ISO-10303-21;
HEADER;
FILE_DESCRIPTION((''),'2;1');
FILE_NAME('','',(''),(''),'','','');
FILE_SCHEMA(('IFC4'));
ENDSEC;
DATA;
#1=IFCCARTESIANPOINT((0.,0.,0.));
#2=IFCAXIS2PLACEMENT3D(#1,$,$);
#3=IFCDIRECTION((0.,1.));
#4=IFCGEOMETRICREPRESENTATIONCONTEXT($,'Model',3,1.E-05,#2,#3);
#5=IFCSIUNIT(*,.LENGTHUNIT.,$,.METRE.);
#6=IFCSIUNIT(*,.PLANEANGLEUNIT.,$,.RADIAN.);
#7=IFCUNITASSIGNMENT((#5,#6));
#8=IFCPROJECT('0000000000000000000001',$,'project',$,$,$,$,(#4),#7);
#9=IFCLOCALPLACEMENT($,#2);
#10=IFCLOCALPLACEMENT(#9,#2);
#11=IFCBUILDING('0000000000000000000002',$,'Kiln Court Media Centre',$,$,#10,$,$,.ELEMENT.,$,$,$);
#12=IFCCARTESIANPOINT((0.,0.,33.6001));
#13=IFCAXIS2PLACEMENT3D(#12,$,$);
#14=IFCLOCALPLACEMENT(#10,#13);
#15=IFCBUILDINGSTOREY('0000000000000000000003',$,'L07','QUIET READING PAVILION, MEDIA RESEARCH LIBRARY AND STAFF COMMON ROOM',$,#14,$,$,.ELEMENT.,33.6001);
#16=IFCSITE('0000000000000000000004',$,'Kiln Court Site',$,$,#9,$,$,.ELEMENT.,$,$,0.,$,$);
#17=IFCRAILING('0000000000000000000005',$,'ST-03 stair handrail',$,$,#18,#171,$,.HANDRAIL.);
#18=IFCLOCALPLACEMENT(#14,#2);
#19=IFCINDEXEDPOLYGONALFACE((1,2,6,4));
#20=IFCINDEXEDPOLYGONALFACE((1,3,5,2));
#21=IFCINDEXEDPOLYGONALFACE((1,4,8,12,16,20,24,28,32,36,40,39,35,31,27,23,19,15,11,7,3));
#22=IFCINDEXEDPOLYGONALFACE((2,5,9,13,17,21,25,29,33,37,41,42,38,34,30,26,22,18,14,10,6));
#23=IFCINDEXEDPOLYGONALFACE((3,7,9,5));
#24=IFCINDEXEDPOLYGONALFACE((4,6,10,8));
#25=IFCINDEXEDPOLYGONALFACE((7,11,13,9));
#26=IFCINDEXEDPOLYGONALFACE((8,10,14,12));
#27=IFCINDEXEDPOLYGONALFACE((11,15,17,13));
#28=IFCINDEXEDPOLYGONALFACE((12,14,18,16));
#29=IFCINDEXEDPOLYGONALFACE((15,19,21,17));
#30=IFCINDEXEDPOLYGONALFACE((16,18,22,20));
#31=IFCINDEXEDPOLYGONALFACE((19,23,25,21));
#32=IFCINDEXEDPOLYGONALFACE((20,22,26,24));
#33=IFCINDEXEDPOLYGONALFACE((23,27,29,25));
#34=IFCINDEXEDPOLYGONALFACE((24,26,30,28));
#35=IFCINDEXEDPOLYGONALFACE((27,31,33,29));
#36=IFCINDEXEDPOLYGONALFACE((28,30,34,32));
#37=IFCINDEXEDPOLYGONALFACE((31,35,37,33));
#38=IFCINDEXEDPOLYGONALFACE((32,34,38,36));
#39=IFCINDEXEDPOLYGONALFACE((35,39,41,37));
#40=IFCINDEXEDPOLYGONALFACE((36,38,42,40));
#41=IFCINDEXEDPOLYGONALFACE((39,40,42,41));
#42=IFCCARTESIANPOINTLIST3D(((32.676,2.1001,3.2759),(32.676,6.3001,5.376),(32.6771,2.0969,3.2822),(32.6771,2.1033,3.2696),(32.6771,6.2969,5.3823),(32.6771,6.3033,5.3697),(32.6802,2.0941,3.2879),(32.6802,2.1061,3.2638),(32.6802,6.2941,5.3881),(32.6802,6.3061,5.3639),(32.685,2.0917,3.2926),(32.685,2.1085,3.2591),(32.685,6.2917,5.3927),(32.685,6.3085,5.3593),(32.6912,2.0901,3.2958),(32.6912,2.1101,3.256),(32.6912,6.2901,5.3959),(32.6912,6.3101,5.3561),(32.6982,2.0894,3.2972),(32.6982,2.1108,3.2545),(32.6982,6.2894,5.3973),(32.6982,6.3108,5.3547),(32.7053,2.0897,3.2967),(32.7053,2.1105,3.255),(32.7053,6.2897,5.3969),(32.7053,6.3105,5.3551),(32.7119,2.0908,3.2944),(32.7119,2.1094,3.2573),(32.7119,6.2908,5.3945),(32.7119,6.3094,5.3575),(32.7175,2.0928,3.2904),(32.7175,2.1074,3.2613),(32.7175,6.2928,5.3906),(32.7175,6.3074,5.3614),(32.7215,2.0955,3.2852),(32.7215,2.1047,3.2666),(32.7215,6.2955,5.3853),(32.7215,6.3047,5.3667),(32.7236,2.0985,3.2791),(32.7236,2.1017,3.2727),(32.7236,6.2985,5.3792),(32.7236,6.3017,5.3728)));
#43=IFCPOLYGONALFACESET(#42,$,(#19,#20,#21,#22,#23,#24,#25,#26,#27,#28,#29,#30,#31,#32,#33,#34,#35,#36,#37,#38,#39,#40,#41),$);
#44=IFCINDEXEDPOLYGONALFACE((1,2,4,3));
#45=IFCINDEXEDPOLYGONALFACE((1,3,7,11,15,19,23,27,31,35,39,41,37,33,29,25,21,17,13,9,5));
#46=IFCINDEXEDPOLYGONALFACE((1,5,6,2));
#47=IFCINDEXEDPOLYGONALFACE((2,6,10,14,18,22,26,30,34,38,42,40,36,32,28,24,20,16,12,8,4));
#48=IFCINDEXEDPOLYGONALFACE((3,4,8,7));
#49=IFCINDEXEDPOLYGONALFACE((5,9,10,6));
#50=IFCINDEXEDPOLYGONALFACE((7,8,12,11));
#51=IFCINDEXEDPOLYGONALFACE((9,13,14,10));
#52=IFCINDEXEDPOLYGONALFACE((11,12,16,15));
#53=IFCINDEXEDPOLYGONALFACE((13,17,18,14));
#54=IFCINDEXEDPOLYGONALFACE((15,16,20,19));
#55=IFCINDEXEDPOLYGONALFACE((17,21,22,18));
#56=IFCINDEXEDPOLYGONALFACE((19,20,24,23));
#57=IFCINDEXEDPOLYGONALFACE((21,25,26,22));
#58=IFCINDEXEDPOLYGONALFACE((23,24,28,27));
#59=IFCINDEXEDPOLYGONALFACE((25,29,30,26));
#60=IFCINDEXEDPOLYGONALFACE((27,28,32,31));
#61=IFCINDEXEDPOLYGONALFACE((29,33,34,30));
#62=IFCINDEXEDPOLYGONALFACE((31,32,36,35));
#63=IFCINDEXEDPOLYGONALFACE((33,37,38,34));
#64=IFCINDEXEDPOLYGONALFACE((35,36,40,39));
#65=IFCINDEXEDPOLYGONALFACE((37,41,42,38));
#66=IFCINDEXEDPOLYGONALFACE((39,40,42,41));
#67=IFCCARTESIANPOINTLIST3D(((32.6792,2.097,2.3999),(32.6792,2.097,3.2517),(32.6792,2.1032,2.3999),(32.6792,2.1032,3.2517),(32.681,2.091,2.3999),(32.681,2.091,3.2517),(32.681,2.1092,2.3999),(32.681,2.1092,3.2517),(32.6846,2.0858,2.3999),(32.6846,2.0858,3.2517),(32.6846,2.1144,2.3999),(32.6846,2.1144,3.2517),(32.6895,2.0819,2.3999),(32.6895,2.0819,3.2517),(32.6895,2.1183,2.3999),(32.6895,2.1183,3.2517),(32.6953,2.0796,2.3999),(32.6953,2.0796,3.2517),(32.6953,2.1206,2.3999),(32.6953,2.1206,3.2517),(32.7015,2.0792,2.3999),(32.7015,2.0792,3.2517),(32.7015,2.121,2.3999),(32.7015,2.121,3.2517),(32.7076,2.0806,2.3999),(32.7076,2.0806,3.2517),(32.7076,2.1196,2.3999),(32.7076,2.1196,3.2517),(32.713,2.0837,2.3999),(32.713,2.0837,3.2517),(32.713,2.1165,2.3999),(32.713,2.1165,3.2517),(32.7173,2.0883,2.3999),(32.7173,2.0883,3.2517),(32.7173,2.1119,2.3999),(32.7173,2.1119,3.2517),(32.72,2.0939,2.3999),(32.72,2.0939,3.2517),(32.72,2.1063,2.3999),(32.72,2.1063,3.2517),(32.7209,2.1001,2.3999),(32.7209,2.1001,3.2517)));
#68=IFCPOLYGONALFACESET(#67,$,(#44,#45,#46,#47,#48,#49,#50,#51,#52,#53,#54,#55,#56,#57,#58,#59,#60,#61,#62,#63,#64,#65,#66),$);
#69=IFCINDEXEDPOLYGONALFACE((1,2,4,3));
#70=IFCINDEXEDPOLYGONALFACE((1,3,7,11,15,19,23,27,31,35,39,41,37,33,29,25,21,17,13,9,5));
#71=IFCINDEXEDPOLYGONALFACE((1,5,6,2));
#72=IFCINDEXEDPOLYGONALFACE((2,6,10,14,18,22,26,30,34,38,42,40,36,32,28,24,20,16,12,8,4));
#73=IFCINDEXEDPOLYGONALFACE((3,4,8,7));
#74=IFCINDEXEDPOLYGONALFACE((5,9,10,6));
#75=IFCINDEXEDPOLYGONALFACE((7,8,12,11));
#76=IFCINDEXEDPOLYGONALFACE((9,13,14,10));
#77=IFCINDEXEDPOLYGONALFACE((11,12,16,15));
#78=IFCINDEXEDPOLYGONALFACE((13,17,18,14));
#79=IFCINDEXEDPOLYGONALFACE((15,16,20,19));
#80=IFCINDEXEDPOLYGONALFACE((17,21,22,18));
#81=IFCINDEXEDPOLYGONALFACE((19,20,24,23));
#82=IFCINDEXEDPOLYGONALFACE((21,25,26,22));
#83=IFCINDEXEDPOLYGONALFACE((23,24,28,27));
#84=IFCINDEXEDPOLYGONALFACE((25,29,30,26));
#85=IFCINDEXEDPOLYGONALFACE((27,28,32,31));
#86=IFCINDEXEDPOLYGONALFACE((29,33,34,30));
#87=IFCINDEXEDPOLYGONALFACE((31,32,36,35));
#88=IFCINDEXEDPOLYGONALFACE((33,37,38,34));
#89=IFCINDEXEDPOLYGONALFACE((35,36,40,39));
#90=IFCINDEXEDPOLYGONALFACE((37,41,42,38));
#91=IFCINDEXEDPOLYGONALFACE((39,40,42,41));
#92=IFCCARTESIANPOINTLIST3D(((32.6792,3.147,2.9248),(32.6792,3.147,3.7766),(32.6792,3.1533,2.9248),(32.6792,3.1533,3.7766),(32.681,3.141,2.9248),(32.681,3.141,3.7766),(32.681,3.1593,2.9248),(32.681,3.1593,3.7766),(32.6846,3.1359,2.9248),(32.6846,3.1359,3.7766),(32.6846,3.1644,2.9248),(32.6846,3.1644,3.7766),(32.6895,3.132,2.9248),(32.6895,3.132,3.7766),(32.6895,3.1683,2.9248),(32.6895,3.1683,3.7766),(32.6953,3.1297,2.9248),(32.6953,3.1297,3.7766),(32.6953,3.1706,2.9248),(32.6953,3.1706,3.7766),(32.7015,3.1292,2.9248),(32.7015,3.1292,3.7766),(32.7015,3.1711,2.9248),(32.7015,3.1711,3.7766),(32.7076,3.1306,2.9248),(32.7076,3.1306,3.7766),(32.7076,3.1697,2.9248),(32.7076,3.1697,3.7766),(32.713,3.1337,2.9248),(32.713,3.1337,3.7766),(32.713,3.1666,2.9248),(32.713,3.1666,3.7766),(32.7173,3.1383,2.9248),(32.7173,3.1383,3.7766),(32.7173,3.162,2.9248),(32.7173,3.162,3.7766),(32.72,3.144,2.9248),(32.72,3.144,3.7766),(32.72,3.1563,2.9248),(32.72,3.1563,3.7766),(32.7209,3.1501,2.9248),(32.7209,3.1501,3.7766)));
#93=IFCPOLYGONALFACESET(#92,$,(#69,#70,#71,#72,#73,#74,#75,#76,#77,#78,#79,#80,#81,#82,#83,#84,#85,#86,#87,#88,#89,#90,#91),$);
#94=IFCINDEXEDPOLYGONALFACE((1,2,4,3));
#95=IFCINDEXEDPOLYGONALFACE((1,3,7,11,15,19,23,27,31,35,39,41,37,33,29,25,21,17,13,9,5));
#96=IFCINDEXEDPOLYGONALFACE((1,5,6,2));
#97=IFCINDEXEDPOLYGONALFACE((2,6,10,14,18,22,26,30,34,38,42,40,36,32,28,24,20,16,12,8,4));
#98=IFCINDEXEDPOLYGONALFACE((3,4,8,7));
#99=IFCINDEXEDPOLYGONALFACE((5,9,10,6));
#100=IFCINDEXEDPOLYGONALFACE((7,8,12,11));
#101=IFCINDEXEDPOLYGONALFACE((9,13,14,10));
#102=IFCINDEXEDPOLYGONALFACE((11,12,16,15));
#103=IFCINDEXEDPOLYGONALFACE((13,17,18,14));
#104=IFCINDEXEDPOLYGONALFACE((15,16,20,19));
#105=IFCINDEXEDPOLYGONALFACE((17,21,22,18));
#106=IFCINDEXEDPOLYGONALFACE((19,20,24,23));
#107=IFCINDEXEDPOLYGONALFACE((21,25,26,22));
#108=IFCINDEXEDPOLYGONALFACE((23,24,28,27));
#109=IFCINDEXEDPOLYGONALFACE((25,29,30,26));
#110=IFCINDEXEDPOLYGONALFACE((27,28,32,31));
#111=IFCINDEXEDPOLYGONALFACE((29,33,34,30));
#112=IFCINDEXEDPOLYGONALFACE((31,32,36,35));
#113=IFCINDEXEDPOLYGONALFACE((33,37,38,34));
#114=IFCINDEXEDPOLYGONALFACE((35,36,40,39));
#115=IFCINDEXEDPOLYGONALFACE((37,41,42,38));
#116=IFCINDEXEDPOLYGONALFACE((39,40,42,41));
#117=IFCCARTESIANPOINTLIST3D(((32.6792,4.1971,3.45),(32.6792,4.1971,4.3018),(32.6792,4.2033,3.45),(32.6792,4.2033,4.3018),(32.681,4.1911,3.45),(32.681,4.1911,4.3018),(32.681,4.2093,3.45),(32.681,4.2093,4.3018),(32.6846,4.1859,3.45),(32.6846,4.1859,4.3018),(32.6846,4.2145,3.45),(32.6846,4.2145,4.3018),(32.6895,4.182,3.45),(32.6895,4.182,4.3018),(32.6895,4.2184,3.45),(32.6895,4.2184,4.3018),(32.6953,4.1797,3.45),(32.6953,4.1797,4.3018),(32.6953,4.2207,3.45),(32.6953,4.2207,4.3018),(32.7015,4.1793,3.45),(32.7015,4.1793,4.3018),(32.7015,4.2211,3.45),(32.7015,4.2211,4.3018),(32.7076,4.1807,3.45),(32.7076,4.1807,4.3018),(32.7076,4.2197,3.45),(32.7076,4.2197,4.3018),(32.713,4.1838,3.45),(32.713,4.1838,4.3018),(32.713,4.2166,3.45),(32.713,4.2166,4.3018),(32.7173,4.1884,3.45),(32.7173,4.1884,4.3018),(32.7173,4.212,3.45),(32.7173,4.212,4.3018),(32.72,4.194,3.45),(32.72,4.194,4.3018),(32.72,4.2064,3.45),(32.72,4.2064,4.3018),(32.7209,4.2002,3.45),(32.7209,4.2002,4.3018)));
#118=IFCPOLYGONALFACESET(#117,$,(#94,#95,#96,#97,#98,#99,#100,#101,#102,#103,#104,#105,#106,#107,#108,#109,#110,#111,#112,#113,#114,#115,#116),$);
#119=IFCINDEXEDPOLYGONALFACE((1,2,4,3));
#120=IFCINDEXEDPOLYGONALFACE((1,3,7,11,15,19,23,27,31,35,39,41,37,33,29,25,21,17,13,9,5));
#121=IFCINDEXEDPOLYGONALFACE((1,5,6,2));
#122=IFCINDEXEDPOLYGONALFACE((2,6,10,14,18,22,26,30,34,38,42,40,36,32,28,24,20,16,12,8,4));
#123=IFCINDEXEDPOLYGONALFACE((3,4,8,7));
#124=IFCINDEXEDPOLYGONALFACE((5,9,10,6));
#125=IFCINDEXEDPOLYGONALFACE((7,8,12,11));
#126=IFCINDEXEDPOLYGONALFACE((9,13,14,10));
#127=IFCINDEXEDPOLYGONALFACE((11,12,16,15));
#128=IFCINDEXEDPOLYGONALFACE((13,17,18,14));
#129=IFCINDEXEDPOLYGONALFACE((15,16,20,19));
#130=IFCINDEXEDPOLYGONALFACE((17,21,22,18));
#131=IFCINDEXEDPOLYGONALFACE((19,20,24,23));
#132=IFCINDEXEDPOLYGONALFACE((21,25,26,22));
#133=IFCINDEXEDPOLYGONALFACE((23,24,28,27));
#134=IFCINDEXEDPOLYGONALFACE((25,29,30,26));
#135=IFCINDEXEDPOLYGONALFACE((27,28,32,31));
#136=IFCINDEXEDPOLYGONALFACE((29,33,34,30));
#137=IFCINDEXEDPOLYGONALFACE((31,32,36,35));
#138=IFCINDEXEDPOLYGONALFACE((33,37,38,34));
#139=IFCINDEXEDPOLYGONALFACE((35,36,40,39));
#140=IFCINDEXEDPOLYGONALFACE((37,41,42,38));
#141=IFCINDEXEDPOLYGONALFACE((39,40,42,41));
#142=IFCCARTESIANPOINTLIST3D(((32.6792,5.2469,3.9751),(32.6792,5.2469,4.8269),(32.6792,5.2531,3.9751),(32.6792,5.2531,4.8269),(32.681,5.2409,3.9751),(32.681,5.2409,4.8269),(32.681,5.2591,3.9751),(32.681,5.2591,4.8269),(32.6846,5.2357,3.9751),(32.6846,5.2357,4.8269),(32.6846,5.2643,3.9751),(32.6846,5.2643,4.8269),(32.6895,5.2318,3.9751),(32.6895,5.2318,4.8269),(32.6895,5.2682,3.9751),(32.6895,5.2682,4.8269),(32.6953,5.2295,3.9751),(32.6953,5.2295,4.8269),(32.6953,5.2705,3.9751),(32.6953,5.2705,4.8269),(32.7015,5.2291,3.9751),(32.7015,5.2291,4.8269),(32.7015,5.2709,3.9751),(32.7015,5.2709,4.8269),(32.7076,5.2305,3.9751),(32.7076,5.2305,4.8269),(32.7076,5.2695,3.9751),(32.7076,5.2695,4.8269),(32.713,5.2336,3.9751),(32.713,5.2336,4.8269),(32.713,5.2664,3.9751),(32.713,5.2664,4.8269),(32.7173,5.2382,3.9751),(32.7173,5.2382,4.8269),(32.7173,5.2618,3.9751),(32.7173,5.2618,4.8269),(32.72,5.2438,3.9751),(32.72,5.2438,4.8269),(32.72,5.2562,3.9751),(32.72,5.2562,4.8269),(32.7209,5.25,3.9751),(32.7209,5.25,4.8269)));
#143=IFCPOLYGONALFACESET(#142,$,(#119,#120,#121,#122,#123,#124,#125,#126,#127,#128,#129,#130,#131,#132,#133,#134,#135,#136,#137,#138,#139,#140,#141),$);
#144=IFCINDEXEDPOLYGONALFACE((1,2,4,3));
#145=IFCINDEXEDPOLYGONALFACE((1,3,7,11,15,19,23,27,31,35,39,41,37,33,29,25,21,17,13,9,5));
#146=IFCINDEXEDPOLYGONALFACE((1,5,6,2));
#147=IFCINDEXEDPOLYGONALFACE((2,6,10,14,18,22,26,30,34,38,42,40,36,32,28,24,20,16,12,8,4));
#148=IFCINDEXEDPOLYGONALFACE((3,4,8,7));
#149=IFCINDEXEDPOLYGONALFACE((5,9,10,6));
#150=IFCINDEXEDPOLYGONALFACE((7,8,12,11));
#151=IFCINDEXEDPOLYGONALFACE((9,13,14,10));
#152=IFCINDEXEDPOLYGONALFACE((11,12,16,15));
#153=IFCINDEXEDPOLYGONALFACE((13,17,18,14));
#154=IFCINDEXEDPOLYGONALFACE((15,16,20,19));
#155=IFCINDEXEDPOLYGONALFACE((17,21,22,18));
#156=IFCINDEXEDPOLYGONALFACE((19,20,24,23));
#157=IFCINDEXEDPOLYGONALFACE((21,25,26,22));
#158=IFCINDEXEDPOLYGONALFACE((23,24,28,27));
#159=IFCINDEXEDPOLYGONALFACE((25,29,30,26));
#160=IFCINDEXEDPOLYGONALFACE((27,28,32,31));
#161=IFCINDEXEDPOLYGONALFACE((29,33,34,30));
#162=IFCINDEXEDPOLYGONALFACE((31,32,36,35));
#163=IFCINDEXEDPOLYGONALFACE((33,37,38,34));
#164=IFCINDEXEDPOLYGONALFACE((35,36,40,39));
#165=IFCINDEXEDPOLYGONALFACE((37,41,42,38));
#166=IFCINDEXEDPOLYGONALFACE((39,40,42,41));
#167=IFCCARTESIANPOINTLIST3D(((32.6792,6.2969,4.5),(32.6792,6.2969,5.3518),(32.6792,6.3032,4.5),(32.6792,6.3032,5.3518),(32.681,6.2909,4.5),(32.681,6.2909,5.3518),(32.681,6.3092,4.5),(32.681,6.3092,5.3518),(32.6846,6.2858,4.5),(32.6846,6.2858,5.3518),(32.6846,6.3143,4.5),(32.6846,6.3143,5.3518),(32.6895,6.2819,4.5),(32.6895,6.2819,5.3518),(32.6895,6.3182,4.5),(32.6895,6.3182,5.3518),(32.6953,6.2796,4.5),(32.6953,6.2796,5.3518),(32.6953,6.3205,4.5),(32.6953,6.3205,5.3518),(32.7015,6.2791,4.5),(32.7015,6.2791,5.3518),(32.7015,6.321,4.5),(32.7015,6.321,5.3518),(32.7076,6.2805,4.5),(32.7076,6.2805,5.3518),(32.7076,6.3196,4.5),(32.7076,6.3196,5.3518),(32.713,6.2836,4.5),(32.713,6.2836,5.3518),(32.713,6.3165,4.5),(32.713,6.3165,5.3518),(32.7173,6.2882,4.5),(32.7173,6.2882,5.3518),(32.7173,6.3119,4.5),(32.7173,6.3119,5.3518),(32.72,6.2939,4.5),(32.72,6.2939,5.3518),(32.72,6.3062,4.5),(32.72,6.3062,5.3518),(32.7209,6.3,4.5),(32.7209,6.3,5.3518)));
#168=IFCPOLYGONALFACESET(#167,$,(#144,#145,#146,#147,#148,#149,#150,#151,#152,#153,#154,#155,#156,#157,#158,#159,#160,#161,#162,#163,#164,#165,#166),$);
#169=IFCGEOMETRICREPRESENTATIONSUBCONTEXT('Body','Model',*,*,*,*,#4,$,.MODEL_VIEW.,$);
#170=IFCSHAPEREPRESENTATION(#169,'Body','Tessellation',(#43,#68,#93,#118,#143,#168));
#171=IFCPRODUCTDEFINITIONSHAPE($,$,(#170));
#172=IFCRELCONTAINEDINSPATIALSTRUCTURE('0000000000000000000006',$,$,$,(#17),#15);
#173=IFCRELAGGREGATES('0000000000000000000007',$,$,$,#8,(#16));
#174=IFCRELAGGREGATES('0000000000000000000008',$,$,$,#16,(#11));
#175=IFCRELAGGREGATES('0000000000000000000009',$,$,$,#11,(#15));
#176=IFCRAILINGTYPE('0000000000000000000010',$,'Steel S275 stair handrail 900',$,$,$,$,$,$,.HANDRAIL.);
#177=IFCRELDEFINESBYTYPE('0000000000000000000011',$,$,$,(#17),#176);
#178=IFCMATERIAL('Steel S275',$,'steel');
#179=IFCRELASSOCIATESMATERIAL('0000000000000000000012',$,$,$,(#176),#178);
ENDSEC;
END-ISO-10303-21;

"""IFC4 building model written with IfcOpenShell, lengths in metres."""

from ifc_helpers import new_model, si_unit, direction, frame, origin, origin_2d, place, context, subcontext, project, spatial, circle, extrude, material, type_object, element, save


model = new_model("IFC4")

# Units and contexts
model_context = context("Model", 3, precision=1e-05, world=origin(), true_north=direction((0.0, 1.0)))
body_context = subcontext(model_context, "Body", "Model", "MODEL_VIEW")
ifc_project = project(units=[si_unit("LENGTHUNIT", "METRE"), si_unit("PLANEANGLEUNIT", "RADIAN")], contexts=[model_context])

# Site, building, storey
site_placement = place(None, origin())
site = spatial("IfcSite", under=ifc_project, at=site_placement, Name="Kiln Court Site", CompositionType="ELEMENT", RefElevation=0.0)
building_placement = place(site_placement, origin())
building = spatial("IfcBuilding", under=site, at=building_placement, Name="Kiln Court Media Centre", CompositionType="ELEMENT")
storey_placement = place(building_placement, frame((0.0, 0.0, 33.6001)))
storey = spatial("IfcBuildingStorey", under=building, at=storey_placement, Name="L07", Description="QUIET READING PAVILION, MEDIA RESEARCH LIBRARY AND STAFF COMMON ROOM", CompositionType="ELEMENT", Elevation=33.6001)

# Railing
ifc_material_1 = material(Name="Steel S275", Category="steel")
railing_type_1 = type_object("IfcRailingType", Name="Steel S275 stair handrail 900", PredefinedType="HANDRAIL", material=ifc_material_1)
railing_1_placement = place(storey_placement, frame((32.7, 2.1001, 2.3999)))
element("IfcRailing", 1, at=railing_1_placement, inside=storey, type_object=railing_type_1, Name="ST-03 stair handrail", PredefinedType="HANDRAIL", context=body_context, shape_type="SweptSolid", body=[
    extrude(circle(Radius=0.0239, at=origin_2d()), frame((0.0, 0.0, 0.876), z_axis=(0.0, 0.894417, 0.447234), x_axis=(-1.0, 0.0, 0.0)), (0.0, 0.0, 1.0), 4.6958),
    extrude(circle(Radius=0.021, at=origin_2d()), origin(), (0.0, 0.0, 1.0), 0.8518),
    extrude(circle(Radius=0.021, at=origin_2d()), frame((0.0, 1.05, 0.5249)), (0.0, 0.0, 1.0), 0.8518),
    extrude(circle(Radius=0.021, at=origin_2d()), frame((0.0, 2.1001, 1.05)), (0.0, 0.0, 1.0), 0.8518),
    extrude(circle(Radius=0.021, at=origin_2d()), frame((0.0, 3.1499, 1.5752)), (0.0, 0.0, 1.0), 0.8518),
    extrude(circle(Radius=0.021, at=origin_2d()), frame((0.0, 4.2, 2.1001)), (0.0, 0.0, 1.0), 0.8518),
])

save(model, "model.ifc")
